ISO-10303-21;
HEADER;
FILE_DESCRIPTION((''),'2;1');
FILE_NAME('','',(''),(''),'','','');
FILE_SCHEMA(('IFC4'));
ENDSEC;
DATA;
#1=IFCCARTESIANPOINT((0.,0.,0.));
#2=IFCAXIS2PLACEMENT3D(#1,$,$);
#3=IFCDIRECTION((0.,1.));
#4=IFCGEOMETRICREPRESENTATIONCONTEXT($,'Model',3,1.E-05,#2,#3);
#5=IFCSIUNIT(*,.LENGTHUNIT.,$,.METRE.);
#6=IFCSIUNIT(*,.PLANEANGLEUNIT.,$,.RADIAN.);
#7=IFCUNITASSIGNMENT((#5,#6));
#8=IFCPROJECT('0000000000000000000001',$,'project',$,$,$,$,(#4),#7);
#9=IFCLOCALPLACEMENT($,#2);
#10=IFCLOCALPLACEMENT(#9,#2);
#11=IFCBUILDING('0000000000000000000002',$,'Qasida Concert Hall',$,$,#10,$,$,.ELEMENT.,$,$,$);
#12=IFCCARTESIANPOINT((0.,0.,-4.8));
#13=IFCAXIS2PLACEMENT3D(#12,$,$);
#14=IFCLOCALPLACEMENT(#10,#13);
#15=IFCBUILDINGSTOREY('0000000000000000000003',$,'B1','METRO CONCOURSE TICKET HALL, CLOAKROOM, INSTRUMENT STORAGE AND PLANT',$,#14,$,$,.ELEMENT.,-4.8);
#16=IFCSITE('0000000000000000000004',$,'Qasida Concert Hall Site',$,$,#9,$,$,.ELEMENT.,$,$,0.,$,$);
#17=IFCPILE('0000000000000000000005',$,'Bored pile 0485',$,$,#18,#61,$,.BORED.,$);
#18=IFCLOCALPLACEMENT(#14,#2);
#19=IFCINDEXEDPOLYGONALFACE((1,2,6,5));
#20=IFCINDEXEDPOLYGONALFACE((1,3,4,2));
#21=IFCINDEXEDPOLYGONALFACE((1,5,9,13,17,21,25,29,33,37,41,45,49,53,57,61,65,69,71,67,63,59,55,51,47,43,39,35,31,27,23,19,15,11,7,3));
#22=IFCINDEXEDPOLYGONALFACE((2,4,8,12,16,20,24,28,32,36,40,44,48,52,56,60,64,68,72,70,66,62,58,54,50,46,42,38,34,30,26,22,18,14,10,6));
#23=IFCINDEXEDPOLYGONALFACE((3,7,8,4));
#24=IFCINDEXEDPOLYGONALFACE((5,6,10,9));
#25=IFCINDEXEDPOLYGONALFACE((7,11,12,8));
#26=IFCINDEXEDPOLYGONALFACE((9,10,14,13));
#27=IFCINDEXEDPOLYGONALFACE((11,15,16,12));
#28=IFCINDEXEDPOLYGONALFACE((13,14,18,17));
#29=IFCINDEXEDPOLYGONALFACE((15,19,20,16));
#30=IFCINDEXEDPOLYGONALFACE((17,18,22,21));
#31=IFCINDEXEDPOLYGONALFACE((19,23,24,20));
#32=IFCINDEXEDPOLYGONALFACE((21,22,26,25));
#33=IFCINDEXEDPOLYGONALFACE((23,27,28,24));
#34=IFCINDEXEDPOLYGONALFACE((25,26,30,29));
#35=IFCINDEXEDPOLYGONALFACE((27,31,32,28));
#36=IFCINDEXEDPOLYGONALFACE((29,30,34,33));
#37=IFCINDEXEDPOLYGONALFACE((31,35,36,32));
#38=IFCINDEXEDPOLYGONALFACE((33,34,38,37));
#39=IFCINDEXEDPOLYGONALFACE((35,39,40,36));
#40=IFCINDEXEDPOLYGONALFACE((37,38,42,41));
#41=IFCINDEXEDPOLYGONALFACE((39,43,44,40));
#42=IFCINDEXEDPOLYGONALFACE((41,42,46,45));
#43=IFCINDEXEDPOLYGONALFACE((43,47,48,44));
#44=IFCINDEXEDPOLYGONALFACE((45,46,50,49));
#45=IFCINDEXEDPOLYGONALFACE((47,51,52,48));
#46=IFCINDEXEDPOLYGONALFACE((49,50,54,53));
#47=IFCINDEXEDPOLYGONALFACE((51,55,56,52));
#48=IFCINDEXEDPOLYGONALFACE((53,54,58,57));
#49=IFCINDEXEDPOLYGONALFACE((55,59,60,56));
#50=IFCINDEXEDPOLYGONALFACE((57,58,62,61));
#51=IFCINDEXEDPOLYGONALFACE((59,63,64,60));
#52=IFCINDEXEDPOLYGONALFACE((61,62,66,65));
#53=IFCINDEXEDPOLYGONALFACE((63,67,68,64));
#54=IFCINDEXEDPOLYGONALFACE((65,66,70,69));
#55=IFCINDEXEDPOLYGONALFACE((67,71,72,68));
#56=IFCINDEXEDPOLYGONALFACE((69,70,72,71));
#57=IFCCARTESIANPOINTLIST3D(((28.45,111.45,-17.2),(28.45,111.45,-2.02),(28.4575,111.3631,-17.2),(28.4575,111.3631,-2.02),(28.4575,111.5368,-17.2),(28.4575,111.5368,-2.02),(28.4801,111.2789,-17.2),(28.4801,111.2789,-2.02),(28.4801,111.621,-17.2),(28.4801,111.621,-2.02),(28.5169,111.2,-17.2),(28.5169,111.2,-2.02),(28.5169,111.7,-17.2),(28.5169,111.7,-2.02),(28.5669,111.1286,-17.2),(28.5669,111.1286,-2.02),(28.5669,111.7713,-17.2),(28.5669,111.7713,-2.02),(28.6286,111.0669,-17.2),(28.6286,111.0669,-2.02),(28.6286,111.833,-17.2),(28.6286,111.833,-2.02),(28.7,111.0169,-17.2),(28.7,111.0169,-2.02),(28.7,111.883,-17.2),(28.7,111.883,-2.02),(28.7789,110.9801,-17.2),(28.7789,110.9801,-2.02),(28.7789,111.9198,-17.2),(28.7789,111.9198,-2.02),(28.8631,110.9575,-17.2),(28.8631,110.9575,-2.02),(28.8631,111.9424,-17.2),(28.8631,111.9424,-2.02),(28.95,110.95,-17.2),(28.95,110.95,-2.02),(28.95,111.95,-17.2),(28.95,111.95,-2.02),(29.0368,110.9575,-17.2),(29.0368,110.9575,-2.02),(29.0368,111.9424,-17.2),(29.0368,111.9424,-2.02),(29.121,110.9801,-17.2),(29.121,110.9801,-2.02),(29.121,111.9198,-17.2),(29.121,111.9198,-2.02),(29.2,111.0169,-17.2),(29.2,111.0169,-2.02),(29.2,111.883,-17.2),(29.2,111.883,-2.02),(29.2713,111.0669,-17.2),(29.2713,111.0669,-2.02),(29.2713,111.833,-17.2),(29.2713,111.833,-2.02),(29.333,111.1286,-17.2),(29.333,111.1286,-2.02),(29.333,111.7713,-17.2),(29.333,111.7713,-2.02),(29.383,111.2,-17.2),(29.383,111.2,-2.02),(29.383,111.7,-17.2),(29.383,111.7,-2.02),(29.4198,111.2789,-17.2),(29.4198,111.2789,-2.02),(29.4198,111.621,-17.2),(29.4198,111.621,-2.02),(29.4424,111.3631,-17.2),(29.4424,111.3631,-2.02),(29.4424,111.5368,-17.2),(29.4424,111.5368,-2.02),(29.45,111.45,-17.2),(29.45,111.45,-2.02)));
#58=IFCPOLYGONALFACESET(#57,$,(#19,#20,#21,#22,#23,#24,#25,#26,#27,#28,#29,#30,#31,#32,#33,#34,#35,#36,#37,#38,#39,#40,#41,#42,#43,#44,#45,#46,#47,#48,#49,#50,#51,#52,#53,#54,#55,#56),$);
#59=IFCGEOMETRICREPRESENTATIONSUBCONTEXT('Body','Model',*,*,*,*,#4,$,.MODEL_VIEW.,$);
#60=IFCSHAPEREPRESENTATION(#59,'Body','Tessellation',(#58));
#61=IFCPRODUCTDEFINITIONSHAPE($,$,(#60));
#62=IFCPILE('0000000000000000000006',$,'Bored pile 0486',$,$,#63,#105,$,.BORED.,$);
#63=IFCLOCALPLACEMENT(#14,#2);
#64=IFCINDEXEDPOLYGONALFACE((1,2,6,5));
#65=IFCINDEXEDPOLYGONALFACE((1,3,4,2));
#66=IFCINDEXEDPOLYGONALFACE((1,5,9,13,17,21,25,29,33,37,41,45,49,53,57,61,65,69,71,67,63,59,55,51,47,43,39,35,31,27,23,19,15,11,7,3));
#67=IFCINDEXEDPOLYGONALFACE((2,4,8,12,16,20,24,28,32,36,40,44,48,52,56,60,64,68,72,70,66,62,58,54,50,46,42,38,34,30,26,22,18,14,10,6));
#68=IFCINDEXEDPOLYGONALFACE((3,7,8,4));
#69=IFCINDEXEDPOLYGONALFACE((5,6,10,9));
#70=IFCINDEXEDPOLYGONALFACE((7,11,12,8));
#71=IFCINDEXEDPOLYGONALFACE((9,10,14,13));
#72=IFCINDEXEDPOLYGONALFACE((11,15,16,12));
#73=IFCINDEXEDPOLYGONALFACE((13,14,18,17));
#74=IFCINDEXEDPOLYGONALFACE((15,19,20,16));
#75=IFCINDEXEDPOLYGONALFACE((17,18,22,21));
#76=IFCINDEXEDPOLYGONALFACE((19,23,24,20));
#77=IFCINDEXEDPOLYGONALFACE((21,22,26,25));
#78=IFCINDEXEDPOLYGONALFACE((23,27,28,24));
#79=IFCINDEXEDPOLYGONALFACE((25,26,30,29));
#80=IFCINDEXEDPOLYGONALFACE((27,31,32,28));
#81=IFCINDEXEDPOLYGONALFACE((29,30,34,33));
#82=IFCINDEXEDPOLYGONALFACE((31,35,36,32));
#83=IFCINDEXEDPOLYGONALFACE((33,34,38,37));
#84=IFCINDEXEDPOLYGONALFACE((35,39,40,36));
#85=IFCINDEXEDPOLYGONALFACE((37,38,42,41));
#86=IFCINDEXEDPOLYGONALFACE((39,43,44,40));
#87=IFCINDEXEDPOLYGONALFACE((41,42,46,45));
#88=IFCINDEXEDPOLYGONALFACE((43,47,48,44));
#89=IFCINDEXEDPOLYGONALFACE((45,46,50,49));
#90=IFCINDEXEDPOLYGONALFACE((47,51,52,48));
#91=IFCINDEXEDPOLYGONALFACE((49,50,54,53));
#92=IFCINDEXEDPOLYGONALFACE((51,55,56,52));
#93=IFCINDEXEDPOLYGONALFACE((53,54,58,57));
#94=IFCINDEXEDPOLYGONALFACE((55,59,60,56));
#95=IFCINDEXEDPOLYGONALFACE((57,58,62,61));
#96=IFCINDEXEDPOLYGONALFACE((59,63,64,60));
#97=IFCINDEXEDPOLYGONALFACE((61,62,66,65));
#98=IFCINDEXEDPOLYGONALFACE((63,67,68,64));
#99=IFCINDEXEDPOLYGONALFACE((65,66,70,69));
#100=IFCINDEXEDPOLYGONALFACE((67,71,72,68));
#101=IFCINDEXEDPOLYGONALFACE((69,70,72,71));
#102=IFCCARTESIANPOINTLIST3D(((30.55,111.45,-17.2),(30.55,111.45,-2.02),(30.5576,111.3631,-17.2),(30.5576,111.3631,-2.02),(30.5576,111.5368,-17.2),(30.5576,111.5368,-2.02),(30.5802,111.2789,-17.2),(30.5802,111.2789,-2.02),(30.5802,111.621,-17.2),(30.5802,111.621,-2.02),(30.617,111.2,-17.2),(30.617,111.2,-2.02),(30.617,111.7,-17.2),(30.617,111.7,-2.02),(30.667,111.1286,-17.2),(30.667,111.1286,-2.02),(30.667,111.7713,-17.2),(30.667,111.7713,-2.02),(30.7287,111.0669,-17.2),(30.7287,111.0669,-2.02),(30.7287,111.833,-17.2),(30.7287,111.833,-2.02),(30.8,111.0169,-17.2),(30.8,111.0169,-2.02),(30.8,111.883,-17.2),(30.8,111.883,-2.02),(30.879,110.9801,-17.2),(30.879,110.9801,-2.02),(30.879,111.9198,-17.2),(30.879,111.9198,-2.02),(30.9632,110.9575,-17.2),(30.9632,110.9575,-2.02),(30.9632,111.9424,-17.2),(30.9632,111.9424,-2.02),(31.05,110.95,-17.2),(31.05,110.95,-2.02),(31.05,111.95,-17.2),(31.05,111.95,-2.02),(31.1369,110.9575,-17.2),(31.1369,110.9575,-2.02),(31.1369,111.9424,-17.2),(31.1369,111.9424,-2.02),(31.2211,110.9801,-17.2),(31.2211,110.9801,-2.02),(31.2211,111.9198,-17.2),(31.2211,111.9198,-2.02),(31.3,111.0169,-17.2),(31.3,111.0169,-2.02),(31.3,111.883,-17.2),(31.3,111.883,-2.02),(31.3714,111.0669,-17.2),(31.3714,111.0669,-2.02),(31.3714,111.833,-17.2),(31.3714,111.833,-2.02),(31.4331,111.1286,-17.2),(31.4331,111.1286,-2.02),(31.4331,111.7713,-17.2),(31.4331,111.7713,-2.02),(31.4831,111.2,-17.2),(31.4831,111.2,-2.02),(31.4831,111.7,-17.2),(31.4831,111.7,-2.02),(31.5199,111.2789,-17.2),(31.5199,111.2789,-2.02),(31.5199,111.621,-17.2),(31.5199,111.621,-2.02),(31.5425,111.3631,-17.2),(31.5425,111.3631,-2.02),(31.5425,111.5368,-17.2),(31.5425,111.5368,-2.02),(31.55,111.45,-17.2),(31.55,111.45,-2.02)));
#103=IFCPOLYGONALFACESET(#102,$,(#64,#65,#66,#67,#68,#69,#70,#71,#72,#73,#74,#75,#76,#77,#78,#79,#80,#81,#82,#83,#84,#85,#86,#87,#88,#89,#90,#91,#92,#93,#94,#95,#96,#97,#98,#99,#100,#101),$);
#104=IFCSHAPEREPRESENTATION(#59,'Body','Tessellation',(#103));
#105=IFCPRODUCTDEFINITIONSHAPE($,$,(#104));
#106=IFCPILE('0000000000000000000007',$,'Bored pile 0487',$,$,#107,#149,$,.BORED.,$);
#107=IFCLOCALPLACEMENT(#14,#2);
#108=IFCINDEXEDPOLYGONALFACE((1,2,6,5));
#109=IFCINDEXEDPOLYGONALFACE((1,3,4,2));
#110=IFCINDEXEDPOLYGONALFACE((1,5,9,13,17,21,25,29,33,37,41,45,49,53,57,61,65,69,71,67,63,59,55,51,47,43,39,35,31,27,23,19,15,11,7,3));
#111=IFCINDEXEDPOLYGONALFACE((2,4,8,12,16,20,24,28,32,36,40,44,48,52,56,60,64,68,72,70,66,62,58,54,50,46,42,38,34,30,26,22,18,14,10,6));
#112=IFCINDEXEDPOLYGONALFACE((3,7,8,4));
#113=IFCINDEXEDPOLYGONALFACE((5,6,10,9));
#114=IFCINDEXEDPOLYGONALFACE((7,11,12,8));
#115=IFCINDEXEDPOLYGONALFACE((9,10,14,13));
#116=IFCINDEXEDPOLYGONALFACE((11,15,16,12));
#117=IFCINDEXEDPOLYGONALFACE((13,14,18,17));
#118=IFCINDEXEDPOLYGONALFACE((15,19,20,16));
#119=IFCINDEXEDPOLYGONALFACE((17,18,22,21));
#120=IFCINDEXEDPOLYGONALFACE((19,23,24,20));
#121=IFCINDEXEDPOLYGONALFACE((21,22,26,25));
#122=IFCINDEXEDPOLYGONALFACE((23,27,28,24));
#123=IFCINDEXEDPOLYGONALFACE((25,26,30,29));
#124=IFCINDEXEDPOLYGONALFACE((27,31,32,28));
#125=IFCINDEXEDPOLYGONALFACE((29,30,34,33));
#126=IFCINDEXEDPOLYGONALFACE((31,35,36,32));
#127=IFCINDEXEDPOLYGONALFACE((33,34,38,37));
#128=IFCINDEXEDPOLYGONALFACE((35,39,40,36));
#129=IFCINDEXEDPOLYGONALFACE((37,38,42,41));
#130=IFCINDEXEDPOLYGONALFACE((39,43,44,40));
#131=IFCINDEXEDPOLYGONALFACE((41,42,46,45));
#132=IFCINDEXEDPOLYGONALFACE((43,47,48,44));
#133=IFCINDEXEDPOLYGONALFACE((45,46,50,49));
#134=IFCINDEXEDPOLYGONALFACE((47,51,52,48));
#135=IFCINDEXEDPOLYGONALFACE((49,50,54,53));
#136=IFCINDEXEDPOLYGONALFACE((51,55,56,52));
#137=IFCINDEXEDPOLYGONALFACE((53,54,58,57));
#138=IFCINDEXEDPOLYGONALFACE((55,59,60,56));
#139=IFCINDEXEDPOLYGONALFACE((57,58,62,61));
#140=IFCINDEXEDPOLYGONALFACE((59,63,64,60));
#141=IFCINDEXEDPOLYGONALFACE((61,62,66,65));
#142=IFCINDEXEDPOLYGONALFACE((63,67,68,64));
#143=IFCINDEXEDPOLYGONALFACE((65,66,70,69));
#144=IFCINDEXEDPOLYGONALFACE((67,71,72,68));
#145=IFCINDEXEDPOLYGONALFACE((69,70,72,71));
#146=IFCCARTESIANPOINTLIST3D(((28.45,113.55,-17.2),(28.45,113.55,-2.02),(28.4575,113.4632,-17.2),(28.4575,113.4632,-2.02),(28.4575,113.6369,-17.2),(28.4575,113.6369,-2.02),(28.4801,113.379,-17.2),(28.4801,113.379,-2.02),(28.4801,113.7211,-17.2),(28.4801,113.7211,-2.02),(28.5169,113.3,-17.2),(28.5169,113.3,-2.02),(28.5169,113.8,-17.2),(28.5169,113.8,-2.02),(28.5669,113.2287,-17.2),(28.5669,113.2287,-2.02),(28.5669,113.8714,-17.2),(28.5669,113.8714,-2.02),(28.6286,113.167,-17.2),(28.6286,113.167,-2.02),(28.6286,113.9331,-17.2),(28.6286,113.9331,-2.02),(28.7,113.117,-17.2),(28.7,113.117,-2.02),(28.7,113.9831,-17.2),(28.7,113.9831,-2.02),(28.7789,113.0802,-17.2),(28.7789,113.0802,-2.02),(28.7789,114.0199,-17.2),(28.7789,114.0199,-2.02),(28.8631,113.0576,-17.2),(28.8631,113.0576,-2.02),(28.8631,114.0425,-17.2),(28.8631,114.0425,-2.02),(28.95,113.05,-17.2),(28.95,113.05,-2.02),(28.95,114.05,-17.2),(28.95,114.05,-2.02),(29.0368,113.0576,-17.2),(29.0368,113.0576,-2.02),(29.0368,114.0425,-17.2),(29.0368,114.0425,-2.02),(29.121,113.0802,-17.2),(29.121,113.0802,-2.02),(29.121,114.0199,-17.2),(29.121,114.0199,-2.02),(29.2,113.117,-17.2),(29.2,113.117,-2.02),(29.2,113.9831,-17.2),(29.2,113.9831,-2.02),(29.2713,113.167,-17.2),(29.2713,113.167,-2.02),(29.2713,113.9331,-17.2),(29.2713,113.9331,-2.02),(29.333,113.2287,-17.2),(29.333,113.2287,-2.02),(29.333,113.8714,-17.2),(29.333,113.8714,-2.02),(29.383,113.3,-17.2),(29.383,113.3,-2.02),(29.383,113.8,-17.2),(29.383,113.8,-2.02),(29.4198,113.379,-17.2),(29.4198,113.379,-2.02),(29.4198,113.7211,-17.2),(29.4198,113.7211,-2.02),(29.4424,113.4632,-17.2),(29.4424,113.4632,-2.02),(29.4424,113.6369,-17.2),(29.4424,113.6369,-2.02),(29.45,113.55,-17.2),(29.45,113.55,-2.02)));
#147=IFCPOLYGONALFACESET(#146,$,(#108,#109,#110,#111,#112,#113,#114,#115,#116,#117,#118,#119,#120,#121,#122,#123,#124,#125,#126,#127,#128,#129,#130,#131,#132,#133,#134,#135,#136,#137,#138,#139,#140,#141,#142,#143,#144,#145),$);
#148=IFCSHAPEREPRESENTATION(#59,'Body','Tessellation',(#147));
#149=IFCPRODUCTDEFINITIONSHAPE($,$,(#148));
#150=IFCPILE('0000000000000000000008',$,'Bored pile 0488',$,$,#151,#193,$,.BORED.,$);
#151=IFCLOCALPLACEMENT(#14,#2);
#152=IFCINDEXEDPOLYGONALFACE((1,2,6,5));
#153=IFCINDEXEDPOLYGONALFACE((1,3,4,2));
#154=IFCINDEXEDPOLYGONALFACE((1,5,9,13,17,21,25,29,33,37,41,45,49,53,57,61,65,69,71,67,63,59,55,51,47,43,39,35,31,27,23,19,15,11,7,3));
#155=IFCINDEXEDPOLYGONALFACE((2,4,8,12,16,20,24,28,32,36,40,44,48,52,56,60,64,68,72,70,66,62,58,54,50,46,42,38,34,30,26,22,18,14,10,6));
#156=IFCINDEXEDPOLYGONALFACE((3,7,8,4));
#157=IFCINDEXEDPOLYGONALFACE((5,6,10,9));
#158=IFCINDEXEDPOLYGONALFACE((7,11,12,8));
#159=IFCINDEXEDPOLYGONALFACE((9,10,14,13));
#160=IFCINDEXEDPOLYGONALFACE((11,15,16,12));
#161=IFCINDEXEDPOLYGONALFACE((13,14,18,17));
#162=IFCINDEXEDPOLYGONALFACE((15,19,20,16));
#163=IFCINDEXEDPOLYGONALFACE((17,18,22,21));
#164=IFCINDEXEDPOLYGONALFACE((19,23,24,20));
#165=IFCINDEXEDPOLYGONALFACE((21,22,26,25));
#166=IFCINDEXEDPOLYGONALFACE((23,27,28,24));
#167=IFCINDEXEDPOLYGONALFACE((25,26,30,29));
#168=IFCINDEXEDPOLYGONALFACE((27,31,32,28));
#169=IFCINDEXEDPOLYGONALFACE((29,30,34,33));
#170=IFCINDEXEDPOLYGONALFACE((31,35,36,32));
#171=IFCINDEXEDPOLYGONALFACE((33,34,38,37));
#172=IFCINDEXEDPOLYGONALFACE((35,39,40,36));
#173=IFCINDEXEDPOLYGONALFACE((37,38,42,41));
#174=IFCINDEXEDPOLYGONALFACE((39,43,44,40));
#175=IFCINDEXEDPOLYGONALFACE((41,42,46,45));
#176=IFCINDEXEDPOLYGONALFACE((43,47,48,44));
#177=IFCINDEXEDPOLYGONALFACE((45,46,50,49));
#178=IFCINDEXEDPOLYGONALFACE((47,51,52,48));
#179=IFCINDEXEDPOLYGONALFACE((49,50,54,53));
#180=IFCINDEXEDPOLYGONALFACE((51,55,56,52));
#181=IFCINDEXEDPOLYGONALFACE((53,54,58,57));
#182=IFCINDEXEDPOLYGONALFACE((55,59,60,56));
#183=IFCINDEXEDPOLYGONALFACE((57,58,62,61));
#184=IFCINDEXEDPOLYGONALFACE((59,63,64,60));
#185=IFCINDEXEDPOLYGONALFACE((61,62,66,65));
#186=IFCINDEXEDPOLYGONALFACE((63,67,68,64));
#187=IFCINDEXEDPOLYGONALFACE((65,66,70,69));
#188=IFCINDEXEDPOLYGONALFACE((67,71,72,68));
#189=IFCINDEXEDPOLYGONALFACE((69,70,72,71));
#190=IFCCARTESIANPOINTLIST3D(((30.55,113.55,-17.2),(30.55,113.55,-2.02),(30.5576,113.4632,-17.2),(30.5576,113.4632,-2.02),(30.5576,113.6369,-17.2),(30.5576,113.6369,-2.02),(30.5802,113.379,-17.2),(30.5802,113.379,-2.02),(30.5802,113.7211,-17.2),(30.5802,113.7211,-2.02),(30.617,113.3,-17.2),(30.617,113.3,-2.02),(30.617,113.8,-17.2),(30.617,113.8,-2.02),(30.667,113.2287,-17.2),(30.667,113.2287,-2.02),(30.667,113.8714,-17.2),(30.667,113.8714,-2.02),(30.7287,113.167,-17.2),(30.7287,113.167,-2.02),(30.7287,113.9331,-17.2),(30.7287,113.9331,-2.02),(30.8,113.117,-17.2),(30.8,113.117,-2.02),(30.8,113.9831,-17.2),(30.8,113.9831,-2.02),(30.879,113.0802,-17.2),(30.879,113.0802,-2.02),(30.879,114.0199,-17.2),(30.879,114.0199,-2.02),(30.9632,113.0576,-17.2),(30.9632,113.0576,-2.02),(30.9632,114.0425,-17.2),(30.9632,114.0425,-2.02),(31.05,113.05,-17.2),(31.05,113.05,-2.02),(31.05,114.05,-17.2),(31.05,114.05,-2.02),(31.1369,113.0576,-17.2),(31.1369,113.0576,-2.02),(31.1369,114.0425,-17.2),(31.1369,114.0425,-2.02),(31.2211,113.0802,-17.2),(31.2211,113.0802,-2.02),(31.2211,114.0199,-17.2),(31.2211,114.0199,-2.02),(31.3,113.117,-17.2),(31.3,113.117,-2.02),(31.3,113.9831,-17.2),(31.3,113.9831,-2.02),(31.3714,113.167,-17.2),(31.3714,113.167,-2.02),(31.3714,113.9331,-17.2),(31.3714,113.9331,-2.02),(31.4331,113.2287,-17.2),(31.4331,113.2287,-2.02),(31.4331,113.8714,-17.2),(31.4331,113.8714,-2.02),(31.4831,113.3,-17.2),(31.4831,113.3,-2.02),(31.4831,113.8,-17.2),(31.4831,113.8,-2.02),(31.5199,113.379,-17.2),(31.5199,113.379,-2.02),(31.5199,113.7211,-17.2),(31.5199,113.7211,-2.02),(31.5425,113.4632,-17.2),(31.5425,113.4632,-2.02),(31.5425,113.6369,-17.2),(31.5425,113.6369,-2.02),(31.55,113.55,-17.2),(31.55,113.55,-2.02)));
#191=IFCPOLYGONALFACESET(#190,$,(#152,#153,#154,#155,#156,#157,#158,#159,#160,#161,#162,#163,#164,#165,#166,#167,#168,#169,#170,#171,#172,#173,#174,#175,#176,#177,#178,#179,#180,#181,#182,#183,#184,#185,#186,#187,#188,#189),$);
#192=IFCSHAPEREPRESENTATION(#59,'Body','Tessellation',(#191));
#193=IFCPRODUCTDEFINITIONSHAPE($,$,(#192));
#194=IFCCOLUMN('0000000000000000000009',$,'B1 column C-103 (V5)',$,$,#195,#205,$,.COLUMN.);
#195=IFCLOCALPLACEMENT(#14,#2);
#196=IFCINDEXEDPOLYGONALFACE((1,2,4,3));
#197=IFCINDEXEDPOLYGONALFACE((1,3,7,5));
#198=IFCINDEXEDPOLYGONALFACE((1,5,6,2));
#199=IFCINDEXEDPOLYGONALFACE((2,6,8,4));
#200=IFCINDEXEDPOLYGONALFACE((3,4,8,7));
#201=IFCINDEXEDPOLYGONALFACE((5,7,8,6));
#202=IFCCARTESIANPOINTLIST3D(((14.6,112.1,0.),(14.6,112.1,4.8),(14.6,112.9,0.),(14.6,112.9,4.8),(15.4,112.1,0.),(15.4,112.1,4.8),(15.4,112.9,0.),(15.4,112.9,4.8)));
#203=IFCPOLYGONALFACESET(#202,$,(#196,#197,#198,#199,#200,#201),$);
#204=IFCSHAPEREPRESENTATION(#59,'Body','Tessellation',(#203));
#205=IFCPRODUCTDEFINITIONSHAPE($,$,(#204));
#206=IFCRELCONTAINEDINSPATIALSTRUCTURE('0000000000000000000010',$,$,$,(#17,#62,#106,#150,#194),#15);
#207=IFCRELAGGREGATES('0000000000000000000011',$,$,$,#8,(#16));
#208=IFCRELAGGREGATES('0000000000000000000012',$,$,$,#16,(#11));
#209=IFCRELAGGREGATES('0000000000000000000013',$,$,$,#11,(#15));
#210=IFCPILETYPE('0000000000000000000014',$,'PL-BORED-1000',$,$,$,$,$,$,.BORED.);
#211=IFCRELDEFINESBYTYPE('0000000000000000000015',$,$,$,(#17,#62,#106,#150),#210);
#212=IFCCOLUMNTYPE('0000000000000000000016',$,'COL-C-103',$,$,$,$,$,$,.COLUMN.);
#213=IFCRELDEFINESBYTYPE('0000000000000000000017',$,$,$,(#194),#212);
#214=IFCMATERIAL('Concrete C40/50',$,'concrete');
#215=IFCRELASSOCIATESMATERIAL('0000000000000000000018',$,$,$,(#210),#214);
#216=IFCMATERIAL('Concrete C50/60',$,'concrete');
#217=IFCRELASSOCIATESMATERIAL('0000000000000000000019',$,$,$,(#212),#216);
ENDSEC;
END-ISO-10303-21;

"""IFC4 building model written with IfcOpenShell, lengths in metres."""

from ifc_helpers import new_model, si_unit, direction, frame, origin, origin_2d, place, context, subcontext, project, spatial, rectangle, circle, extrude, material, material_profile, profile_set, type_object, element, save


model = new_model("IFC4")

# Units and contexts
model_context = context("Model", 3, precision=1e-05, world=origin(), true_north=direction((0.0, 1.0)))
body_context = subcontext(model_context, "Body", "Model", "MODEL_VIEW")
ifc_project = project(units=[si_unit("LENGTHUNIT", "METRE"), si_unit("PLANEANGLEUNIT", "RADIAN")], contexts=[model_context])

# Site, building, storey
site_placement = place(None, origin())
site = spatial("IfcSite", under=ifc_project, at=site_placement, Name="Qasida Concert Hall Site", CompositionType="ELEMENT", RefElevation=0.0)
building_placement = place(site_placement, origin())
building = spatial("IfcBuilding", under=site, at=building_placement, Name="Qasida Concert Hall", CompositionType="ELEMENT")
storey_placement = place(building_placement, frame((0.0, 0.0, -4.8)))
storey = spatial("IfcBuildingStorey", under=building, at=storey_placement, Name="B1", Description="METRO CONCOURSE TICKET HALL, CLOAKROOM, INSTRUMENT STORAGE AND PLANT", CompositionType="ELEMENT", Elevation=-4.8)

# Shared definitions
ifc_material_1 = material(Name="Concrete C40/50", Category="concrete")

# Piles
ifc_material_profile_1 = material_profile(ifc_material_1, circle(Radius=0.5, at=origin_2d()), Name="BORED PILE D1000")
ifc_profile_set_1 = profile_set([ifc_material_profile_1], Name="Concrete C40/50")
pile_type = type_object("IfcPileType", Name="PL-BORED-1000", PredefinedType="BORED", material=ifc_profile_set_1)
for number, where, z_axis, x_axis, name in (
    (1, (28.95, 111.45, -2.02), (0.0, 0.0, -1.0), (1.0, 0.0, 0.0), "Bored pile 0485"),
    (2, (31.05, 111.45, -2.02), (0.0, 0.0, -1.0), (1.0, 0.0, 0.0), "Bored pile 0486"),
    (3, (28.95, 113.55, -2.02), (0.0, 0.0, -1.0), (1.0, 0.0, 0.0), "Bored pile 0487"),
    (4, (31.05, 113.55, -2.02), (0.0, 0.0, -1.0), (1.0, 0.0, 0.0), "Bored pile 0488"),
):
    element("IfcPile", number, at=place(storey_placement, frame(where, z_axis=z_axis, x_axis=x_axis)), inside=storey, type_object=pile_type, Name=name, PredefinedType="BORED", context=body_context, shape_type="SweptSolid", body=[
        extrude(circle(Radius=0.5, at=origin_2d()), origin(), (0.0, 0.0, 1.0), 15.1799),
    ])

# Column
ifc_material_2 = material(Name="Concrete C50/60", Category="concrete")
ifc_material_profile_2 = material_profile(ifc_material_2, rectangle(XDim=0.8, YDim=0.8, at=origin_2d()), Name="RC 800x800")
ifc_profile_set_2 = profile_set([ifc_material_profile_2], Name="Concrete C50/60")
column_type = type_object("IfcColumnType", Name="COL-C-103", PredefinedType="COLUMN", material=ifc_profile_set_2)
for number, where, z_axis, x_axis, name in (
    (5, (15.0, 112.5, 0.0), (0.0, 0.0, 1.0), (1.0, 0.0, 0.0), "B1 column C-103 (V5)"),
):
    element("IfcColumn", number, at=place(storey_placement, frame(where, z_axis=z_axis, x_axis=x_axis)), inside=storey, type_object=column_type, Name=name, PredefinedType="COLUMN", context=body_context, shape_type="SweptSolid", body=[
        extrude(rectangle(XDim=0.8, YDim=0.8, at=origin_2d()), origin(), (0.0, 0.0, 1.0), 4.8),
    ])

save(model, "model.ifc")
